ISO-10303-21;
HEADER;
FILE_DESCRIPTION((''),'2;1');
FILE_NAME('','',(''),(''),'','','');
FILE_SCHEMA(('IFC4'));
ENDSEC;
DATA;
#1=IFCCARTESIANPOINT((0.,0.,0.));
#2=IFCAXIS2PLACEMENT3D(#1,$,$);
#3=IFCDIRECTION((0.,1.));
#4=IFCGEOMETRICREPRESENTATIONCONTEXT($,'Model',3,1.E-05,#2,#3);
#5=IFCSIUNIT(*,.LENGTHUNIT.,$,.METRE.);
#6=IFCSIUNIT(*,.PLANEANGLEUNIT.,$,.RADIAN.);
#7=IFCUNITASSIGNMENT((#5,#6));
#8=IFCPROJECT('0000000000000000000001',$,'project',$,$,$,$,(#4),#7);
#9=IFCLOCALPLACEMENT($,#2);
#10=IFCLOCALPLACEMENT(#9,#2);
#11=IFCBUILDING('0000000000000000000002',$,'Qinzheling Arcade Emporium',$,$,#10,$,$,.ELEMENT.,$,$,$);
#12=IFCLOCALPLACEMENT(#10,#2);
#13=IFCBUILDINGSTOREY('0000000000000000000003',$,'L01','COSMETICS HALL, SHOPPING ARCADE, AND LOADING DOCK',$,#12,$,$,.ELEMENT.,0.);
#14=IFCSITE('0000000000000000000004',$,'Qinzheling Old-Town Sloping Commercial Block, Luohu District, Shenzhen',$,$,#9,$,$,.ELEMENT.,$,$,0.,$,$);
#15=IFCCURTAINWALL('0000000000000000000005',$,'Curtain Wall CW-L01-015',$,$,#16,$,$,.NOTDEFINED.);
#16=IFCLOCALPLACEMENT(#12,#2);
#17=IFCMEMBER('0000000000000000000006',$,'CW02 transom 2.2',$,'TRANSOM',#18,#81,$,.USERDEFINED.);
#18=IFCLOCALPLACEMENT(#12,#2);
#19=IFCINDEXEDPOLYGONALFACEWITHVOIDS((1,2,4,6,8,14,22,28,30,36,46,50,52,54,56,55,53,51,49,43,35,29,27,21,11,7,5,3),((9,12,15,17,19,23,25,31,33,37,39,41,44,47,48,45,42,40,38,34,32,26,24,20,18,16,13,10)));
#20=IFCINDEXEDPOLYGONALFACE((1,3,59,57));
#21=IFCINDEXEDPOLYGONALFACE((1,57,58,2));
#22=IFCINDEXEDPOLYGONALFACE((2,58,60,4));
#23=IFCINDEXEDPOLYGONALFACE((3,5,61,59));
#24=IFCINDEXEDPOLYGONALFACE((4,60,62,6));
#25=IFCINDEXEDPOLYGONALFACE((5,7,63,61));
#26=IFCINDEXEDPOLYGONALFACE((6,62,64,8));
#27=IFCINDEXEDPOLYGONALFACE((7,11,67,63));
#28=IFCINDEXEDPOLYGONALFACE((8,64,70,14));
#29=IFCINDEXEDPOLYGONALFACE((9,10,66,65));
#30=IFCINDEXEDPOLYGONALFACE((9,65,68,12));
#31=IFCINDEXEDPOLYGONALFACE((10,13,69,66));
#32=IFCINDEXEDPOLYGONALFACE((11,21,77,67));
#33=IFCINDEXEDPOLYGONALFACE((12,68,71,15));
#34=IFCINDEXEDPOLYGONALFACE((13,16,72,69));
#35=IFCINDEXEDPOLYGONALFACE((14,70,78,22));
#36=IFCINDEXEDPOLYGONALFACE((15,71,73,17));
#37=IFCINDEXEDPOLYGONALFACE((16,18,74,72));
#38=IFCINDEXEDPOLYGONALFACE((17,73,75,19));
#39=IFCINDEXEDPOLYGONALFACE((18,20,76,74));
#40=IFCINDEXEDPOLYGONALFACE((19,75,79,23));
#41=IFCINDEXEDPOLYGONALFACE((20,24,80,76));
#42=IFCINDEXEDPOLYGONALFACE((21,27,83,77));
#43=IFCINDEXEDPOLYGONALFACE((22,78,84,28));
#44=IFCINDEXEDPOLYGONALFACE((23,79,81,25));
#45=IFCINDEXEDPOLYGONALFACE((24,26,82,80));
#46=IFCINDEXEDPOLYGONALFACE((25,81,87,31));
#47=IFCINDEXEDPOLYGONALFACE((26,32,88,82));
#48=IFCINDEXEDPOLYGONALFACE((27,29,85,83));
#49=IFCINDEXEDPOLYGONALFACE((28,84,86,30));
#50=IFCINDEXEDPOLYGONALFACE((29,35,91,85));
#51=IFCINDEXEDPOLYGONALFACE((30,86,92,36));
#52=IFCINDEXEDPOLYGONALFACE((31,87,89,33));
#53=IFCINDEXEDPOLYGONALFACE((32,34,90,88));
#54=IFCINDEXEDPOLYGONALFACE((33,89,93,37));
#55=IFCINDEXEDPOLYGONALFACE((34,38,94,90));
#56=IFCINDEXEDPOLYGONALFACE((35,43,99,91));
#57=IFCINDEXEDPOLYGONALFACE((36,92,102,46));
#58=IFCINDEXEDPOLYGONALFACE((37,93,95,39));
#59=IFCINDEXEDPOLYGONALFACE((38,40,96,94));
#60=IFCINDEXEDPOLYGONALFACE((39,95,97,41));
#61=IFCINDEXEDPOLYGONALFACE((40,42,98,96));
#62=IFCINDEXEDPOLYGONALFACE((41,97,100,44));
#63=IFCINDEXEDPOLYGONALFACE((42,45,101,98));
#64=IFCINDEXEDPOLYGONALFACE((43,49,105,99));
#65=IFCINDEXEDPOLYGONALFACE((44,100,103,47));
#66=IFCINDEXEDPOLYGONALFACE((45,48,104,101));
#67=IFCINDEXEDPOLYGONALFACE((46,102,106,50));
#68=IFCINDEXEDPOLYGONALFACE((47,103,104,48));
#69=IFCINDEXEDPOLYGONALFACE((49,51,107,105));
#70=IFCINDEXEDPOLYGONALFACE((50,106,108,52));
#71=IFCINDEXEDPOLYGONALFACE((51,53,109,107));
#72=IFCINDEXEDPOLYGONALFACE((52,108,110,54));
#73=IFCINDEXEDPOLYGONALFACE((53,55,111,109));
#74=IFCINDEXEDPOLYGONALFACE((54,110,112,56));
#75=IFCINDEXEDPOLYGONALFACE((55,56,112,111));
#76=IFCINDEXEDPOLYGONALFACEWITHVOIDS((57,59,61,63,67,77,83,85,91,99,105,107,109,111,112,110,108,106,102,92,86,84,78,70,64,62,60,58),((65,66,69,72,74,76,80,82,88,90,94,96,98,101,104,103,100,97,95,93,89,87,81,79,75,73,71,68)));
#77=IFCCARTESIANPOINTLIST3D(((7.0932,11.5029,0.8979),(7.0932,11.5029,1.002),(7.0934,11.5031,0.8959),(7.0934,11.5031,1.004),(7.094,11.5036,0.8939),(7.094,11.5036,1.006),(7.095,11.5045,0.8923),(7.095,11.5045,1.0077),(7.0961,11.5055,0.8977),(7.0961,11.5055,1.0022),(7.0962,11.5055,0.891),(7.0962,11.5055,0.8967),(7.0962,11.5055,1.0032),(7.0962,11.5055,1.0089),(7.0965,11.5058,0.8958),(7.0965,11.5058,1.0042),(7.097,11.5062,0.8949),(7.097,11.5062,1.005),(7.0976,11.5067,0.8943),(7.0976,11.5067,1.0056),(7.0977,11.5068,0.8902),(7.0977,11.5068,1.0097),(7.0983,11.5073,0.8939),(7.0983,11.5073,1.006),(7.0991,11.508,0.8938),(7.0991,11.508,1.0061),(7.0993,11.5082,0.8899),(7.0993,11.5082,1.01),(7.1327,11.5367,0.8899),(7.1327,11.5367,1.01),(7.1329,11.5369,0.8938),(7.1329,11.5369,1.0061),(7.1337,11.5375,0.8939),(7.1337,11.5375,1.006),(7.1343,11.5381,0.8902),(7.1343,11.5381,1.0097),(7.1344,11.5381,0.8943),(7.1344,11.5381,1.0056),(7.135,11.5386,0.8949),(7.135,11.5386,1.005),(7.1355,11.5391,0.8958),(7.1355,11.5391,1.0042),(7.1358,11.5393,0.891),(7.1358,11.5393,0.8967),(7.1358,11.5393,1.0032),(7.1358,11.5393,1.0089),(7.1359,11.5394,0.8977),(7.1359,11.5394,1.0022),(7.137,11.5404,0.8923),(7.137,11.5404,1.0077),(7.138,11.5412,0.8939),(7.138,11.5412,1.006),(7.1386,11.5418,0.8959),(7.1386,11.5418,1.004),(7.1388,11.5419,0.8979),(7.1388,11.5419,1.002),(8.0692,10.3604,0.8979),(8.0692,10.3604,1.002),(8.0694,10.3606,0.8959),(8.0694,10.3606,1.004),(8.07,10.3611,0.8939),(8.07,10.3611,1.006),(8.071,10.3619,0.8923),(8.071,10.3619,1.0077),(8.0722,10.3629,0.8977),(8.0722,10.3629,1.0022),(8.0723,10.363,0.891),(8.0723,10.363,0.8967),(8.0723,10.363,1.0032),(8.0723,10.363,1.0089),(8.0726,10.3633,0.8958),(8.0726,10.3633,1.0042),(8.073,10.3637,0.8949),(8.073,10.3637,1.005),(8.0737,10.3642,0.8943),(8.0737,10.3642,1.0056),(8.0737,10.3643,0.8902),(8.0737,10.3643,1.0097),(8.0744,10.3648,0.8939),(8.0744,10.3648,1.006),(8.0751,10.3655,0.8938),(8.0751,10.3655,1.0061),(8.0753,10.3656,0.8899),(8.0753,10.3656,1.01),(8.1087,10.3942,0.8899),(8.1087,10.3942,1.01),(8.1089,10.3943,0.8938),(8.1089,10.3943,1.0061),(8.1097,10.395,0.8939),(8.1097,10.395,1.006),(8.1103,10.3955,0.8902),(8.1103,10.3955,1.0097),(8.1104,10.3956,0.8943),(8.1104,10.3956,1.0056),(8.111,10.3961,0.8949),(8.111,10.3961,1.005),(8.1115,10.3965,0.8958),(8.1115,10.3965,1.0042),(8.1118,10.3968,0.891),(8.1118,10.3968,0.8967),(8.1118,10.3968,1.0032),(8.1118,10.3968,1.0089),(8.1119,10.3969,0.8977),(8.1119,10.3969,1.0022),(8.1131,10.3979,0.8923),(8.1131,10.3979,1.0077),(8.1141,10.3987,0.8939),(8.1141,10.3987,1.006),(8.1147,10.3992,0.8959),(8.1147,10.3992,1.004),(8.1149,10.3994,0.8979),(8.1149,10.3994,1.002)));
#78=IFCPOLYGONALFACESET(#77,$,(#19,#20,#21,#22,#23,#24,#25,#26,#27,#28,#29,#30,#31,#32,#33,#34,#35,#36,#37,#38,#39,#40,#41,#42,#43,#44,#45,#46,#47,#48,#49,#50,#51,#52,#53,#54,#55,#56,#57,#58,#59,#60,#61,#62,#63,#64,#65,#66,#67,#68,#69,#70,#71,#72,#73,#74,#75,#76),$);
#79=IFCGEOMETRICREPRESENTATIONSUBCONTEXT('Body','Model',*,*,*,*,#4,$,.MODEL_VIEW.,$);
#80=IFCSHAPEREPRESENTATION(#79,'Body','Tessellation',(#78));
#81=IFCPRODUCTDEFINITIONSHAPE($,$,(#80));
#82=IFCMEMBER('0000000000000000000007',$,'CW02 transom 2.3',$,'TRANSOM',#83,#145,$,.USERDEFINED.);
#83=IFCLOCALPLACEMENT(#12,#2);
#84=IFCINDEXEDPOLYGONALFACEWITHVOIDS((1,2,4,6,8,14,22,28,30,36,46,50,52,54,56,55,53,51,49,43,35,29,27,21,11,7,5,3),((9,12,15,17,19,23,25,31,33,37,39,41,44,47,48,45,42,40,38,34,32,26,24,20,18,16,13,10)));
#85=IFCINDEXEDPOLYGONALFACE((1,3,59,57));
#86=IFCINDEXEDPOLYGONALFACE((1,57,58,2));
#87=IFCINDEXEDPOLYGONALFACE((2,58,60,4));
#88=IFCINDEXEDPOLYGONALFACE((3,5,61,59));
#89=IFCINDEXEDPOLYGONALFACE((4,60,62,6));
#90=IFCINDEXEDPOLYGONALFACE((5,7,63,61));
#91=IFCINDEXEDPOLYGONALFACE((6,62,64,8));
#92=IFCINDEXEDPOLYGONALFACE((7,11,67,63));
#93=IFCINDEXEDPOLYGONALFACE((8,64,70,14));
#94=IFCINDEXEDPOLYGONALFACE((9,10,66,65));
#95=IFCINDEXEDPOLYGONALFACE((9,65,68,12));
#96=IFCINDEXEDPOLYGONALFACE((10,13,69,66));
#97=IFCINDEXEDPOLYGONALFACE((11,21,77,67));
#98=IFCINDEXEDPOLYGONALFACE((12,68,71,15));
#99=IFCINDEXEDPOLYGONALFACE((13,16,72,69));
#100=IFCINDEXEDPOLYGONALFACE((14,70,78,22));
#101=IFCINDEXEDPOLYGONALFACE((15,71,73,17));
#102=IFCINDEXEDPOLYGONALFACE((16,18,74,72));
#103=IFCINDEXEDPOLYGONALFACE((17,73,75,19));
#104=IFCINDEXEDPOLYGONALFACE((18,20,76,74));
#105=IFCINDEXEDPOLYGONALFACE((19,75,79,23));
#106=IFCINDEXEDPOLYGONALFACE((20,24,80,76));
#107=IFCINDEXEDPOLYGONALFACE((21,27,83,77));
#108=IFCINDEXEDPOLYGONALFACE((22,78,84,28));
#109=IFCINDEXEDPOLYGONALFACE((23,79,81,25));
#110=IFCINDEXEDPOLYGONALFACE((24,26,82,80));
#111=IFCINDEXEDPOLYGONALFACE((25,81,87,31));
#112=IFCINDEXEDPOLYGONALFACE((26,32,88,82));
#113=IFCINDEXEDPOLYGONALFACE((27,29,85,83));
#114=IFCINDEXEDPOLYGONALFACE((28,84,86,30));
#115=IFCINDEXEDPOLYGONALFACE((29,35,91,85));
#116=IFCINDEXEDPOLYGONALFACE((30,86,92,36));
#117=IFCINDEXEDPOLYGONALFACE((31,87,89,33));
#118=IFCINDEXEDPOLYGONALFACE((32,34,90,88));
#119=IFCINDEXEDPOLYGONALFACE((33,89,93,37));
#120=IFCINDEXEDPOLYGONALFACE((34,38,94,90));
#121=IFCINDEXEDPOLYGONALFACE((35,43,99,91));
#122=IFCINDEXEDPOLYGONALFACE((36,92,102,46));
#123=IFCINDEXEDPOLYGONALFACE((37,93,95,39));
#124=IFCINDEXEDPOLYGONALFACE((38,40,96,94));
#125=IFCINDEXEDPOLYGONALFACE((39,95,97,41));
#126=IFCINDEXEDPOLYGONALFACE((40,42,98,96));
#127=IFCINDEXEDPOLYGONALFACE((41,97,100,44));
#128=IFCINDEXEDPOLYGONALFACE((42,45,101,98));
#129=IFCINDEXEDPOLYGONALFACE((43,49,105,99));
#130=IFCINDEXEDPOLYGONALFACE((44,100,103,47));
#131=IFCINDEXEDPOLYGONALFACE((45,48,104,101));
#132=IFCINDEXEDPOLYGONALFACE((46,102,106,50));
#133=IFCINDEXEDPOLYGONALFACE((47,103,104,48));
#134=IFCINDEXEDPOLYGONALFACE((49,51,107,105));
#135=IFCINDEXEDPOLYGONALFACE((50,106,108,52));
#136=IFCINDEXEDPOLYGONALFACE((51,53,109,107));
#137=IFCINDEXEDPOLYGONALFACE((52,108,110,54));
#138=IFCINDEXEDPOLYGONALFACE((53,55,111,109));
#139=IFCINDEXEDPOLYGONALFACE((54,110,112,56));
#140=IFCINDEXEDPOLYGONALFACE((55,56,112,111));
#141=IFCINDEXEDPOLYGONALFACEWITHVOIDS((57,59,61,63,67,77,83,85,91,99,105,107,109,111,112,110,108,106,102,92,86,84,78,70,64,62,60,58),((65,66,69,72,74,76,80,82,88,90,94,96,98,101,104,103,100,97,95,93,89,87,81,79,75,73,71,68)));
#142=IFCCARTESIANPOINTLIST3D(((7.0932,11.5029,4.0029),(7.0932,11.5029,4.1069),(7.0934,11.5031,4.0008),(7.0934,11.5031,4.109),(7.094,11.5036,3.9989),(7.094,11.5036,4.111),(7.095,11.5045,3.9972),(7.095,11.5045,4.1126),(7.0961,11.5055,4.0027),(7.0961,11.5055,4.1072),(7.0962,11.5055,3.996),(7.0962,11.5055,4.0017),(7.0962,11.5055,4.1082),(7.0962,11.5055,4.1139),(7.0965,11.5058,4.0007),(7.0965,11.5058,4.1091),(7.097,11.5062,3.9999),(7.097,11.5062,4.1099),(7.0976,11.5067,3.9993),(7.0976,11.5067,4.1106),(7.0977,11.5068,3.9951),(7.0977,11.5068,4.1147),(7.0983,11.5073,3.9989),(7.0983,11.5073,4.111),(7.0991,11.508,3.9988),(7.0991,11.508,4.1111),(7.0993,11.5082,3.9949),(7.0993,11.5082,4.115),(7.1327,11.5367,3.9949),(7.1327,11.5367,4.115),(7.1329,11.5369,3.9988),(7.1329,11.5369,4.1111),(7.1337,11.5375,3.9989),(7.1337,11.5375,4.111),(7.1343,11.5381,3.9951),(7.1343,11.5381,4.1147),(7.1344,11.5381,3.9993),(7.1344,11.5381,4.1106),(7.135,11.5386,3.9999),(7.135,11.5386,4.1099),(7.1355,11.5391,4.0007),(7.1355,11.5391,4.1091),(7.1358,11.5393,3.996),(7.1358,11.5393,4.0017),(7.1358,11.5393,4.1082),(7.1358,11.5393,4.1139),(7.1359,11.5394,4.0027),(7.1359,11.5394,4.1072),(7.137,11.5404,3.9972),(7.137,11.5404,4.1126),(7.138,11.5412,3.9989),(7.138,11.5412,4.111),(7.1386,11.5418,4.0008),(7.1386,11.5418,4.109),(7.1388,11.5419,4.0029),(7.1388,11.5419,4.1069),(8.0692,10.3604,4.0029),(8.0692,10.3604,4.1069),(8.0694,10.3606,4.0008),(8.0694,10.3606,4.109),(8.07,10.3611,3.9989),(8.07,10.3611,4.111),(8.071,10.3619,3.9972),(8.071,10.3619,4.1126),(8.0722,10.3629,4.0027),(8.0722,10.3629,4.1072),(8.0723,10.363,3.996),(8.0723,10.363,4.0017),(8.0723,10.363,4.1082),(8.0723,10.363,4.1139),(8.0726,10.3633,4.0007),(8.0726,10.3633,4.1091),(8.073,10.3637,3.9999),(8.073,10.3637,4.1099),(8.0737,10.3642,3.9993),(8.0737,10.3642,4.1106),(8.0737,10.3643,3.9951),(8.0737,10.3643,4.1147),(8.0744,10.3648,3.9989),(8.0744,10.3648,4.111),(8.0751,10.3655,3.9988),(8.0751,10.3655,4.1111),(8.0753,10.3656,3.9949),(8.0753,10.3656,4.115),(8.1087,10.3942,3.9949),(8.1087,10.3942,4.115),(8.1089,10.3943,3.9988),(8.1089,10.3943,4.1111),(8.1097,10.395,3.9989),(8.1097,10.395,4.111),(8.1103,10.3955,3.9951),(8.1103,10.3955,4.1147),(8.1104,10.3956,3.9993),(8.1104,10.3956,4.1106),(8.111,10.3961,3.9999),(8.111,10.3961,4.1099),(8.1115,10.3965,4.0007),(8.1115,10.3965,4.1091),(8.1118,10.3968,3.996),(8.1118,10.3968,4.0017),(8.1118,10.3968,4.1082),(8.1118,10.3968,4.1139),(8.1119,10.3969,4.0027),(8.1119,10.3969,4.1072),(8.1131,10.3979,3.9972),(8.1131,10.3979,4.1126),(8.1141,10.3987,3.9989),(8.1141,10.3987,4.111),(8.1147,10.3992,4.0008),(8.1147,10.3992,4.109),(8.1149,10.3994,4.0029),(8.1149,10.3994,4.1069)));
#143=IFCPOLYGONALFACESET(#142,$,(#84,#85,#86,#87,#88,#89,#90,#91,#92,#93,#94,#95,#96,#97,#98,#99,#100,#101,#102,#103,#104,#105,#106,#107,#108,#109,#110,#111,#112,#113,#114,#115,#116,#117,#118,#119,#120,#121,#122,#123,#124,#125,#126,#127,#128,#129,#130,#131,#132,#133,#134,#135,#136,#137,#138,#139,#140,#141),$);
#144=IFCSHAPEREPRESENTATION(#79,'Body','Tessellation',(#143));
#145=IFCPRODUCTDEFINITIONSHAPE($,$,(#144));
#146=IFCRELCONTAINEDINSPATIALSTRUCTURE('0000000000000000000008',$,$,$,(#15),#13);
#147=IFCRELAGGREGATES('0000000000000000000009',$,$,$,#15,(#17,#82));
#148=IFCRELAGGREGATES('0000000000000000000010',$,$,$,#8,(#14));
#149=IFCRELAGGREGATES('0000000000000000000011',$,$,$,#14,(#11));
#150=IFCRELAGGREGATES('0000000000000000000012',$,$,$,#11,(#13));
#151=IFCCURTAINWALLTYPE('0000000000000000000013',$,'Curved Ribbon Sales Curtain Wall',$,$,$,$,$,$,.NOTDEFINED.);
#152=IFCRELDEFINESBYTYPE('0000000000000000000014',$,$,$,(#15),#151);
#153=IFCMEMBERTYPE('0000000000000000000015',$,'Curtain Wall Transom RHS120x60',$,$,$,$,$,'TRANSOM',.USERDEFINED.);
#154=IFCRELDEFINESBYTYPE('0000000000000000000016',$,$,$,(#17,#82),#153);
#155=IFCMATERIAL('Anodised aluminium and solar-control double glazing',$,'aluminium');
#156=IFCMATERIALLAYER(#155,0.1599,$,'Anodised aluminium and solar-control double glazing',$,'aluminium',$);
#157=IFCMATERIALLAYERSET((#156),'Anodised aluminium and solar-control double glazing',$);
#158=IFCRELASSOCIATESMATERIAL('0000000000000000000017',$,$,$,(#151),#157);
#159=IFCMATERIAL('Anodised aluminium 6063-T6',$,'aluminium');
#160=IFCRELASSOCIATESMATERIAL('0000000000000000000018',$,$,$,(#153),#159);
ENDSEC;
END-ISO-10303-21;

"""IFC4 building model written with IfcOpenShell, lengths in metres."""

from ifc_helpers import new_model, si_unit, direction, frame, origin, origin_2d, place, context, subcontext, project, spatial, hollow_rectangle, extrude, material, layer, layer_set, material_profile, profile_set, type_object, element, aggregate, save


model = new_model("IFC4")

# Units and contexts
model_context = context("Model", 3, precision=1e-05, world=origin(), true_north=direction((0.0, 1.0)))
body_context = subcontext(model_context, "Body", "Model", "MODEL_VIEW")
ifc_project = project(units=[si_unit("LENGTHUNIT", "METRE"), si_unit("PLANEANGLEUNIT", "RADIAN")], contexts=[model_context])

# Site, building, storey
site_placement = place(None, origin())
site = spatial("IfcSite", under=ifc_project, at=site_placement, Name="Qinzheling Old-Town Sloping Commercial Block, Luohu District, Shenzhen", CompositionType="ELEMENT", RefElevation=0.0)
building_placement = place(site_placement, origin())
building = spatial("IfcBuilding", under=site, at=building_placement, Name="Qinzheling Arcade Emporium", CompositionType="ELEMENT")
storey_placement = place(building_placement, origin())
storey = spatial("IfcBuildingStorey", under=building, at=storey_placement, Name="L01", Description="COSMETICS HALL, SHOPPING ARCADE, AND LOADING DOCK", CompositionType="ELEMENT", Elevation=0.0)

# Curtain wall
ifc_material_1 = material(Name="Anodised aluminium and solar-control double glazing", Category="aluminium")
ifc_layer_1 = layer(ifc_material_1, 0.1599, Name="Anodised aluminium and solar-control double glazing", Category="aluminium")
ifc_layer_set_1 = layer_set([ifc_layer_1], Name="Anodised aluminium and solar-control double glazing")
curtain_wall_type = type_object("IfcCurtainWallType", Name="Curved Ribbon Sales Curtain Wall", PredefinedType="NOTDEFINED", material=ifc_layer_set_1)
curtain_wall_1_placement = place(storey_placement, origin())
curtain_wall_1 = element("IfcCurtainWall", 1, at=curtain_wall_1_placement, inside=storey, type_object=curtain_wall_type, Name="Curtain Wall CW-L01-015", PredefinedType="NOTDEFINED")
ifc_material_2 = material(Name="Anodised aluminium 6063-T6", Category="aluminium")

# Members
ifc_material_profile_1 = material_profile(ifc_material_2, hollow_rectangle(XDim=0.0601, YDim=0.1201, WallThickness=0.0039, InnerFilletRadius=0.0039, OuterFilletRadius=0.0081, at=origin_2d()), Name="RHS 120x60x4", Category="aluminium")
ifc_profile_set_1 = profile_set([ifc_material_profile_1], Name="Anodised aluminium 6063-T6")
member_type_1 = type_object("IfcMemberType", Name="Curtain Wall Transom RHS120x60", ElementType="TRANSOM", PredefinedType="USERDEFINED", material=ifc_profile_set_1)
member_1_placement = place(storey_placement, frame((8.092, 10.3799, 0.95), z_axis=(-0.649533, 0.760334, 0.0), x_axis=(-0.760334, -0.649533, 0.0)))
member_1 = element("IfcMember", 2, at=member_1_placement, type_object=member_type_1, Name="CW02 transom 2.2", ObjectType="TRANSOM", PredefinedType="USERDEFINED", context=body_context, shape_type="SweptSolid", body=[
    extrude(hollow_rectangle(XDim=0.0601, YDim=0.1201, WallThickness=0.0039, InnerFilletRadius=0.0039, OuterFilletRadius=0.0081, at=origin_2d()), origin(), (0.0, 0.0, 1.0), 1.5027),
])
member_2_placement = place(storey_placement, frame((8.092, 10.3799, 4.0549), z_axis=(-0.649533, 0.760334, 0.0), x_axis=(-0.760334, -0.649533, 0.0)))
member_2 = element("IfcMember", 3, at=member_2_placement, type_object=member_type_1, Name="CW02 transom 2.3", ObjectType="TRANSOM", PredefinedType="USERDEFINED", context=body_context, shape_type="SweptSolid", body=[
    extrude(hollow_rectangle(XDim=0.0601, YDim=0.1201, WallThickness=0.0039, InnerFilletRadius=0.0039, OuterFilletRadius=0.0081, at=origin_2d()), origin(), (0.0, 0.0, 1.0), 1.5027),
])

aggregate(curtain_wall_1, [member_1, member_2])

save(model, "model.ifc")
